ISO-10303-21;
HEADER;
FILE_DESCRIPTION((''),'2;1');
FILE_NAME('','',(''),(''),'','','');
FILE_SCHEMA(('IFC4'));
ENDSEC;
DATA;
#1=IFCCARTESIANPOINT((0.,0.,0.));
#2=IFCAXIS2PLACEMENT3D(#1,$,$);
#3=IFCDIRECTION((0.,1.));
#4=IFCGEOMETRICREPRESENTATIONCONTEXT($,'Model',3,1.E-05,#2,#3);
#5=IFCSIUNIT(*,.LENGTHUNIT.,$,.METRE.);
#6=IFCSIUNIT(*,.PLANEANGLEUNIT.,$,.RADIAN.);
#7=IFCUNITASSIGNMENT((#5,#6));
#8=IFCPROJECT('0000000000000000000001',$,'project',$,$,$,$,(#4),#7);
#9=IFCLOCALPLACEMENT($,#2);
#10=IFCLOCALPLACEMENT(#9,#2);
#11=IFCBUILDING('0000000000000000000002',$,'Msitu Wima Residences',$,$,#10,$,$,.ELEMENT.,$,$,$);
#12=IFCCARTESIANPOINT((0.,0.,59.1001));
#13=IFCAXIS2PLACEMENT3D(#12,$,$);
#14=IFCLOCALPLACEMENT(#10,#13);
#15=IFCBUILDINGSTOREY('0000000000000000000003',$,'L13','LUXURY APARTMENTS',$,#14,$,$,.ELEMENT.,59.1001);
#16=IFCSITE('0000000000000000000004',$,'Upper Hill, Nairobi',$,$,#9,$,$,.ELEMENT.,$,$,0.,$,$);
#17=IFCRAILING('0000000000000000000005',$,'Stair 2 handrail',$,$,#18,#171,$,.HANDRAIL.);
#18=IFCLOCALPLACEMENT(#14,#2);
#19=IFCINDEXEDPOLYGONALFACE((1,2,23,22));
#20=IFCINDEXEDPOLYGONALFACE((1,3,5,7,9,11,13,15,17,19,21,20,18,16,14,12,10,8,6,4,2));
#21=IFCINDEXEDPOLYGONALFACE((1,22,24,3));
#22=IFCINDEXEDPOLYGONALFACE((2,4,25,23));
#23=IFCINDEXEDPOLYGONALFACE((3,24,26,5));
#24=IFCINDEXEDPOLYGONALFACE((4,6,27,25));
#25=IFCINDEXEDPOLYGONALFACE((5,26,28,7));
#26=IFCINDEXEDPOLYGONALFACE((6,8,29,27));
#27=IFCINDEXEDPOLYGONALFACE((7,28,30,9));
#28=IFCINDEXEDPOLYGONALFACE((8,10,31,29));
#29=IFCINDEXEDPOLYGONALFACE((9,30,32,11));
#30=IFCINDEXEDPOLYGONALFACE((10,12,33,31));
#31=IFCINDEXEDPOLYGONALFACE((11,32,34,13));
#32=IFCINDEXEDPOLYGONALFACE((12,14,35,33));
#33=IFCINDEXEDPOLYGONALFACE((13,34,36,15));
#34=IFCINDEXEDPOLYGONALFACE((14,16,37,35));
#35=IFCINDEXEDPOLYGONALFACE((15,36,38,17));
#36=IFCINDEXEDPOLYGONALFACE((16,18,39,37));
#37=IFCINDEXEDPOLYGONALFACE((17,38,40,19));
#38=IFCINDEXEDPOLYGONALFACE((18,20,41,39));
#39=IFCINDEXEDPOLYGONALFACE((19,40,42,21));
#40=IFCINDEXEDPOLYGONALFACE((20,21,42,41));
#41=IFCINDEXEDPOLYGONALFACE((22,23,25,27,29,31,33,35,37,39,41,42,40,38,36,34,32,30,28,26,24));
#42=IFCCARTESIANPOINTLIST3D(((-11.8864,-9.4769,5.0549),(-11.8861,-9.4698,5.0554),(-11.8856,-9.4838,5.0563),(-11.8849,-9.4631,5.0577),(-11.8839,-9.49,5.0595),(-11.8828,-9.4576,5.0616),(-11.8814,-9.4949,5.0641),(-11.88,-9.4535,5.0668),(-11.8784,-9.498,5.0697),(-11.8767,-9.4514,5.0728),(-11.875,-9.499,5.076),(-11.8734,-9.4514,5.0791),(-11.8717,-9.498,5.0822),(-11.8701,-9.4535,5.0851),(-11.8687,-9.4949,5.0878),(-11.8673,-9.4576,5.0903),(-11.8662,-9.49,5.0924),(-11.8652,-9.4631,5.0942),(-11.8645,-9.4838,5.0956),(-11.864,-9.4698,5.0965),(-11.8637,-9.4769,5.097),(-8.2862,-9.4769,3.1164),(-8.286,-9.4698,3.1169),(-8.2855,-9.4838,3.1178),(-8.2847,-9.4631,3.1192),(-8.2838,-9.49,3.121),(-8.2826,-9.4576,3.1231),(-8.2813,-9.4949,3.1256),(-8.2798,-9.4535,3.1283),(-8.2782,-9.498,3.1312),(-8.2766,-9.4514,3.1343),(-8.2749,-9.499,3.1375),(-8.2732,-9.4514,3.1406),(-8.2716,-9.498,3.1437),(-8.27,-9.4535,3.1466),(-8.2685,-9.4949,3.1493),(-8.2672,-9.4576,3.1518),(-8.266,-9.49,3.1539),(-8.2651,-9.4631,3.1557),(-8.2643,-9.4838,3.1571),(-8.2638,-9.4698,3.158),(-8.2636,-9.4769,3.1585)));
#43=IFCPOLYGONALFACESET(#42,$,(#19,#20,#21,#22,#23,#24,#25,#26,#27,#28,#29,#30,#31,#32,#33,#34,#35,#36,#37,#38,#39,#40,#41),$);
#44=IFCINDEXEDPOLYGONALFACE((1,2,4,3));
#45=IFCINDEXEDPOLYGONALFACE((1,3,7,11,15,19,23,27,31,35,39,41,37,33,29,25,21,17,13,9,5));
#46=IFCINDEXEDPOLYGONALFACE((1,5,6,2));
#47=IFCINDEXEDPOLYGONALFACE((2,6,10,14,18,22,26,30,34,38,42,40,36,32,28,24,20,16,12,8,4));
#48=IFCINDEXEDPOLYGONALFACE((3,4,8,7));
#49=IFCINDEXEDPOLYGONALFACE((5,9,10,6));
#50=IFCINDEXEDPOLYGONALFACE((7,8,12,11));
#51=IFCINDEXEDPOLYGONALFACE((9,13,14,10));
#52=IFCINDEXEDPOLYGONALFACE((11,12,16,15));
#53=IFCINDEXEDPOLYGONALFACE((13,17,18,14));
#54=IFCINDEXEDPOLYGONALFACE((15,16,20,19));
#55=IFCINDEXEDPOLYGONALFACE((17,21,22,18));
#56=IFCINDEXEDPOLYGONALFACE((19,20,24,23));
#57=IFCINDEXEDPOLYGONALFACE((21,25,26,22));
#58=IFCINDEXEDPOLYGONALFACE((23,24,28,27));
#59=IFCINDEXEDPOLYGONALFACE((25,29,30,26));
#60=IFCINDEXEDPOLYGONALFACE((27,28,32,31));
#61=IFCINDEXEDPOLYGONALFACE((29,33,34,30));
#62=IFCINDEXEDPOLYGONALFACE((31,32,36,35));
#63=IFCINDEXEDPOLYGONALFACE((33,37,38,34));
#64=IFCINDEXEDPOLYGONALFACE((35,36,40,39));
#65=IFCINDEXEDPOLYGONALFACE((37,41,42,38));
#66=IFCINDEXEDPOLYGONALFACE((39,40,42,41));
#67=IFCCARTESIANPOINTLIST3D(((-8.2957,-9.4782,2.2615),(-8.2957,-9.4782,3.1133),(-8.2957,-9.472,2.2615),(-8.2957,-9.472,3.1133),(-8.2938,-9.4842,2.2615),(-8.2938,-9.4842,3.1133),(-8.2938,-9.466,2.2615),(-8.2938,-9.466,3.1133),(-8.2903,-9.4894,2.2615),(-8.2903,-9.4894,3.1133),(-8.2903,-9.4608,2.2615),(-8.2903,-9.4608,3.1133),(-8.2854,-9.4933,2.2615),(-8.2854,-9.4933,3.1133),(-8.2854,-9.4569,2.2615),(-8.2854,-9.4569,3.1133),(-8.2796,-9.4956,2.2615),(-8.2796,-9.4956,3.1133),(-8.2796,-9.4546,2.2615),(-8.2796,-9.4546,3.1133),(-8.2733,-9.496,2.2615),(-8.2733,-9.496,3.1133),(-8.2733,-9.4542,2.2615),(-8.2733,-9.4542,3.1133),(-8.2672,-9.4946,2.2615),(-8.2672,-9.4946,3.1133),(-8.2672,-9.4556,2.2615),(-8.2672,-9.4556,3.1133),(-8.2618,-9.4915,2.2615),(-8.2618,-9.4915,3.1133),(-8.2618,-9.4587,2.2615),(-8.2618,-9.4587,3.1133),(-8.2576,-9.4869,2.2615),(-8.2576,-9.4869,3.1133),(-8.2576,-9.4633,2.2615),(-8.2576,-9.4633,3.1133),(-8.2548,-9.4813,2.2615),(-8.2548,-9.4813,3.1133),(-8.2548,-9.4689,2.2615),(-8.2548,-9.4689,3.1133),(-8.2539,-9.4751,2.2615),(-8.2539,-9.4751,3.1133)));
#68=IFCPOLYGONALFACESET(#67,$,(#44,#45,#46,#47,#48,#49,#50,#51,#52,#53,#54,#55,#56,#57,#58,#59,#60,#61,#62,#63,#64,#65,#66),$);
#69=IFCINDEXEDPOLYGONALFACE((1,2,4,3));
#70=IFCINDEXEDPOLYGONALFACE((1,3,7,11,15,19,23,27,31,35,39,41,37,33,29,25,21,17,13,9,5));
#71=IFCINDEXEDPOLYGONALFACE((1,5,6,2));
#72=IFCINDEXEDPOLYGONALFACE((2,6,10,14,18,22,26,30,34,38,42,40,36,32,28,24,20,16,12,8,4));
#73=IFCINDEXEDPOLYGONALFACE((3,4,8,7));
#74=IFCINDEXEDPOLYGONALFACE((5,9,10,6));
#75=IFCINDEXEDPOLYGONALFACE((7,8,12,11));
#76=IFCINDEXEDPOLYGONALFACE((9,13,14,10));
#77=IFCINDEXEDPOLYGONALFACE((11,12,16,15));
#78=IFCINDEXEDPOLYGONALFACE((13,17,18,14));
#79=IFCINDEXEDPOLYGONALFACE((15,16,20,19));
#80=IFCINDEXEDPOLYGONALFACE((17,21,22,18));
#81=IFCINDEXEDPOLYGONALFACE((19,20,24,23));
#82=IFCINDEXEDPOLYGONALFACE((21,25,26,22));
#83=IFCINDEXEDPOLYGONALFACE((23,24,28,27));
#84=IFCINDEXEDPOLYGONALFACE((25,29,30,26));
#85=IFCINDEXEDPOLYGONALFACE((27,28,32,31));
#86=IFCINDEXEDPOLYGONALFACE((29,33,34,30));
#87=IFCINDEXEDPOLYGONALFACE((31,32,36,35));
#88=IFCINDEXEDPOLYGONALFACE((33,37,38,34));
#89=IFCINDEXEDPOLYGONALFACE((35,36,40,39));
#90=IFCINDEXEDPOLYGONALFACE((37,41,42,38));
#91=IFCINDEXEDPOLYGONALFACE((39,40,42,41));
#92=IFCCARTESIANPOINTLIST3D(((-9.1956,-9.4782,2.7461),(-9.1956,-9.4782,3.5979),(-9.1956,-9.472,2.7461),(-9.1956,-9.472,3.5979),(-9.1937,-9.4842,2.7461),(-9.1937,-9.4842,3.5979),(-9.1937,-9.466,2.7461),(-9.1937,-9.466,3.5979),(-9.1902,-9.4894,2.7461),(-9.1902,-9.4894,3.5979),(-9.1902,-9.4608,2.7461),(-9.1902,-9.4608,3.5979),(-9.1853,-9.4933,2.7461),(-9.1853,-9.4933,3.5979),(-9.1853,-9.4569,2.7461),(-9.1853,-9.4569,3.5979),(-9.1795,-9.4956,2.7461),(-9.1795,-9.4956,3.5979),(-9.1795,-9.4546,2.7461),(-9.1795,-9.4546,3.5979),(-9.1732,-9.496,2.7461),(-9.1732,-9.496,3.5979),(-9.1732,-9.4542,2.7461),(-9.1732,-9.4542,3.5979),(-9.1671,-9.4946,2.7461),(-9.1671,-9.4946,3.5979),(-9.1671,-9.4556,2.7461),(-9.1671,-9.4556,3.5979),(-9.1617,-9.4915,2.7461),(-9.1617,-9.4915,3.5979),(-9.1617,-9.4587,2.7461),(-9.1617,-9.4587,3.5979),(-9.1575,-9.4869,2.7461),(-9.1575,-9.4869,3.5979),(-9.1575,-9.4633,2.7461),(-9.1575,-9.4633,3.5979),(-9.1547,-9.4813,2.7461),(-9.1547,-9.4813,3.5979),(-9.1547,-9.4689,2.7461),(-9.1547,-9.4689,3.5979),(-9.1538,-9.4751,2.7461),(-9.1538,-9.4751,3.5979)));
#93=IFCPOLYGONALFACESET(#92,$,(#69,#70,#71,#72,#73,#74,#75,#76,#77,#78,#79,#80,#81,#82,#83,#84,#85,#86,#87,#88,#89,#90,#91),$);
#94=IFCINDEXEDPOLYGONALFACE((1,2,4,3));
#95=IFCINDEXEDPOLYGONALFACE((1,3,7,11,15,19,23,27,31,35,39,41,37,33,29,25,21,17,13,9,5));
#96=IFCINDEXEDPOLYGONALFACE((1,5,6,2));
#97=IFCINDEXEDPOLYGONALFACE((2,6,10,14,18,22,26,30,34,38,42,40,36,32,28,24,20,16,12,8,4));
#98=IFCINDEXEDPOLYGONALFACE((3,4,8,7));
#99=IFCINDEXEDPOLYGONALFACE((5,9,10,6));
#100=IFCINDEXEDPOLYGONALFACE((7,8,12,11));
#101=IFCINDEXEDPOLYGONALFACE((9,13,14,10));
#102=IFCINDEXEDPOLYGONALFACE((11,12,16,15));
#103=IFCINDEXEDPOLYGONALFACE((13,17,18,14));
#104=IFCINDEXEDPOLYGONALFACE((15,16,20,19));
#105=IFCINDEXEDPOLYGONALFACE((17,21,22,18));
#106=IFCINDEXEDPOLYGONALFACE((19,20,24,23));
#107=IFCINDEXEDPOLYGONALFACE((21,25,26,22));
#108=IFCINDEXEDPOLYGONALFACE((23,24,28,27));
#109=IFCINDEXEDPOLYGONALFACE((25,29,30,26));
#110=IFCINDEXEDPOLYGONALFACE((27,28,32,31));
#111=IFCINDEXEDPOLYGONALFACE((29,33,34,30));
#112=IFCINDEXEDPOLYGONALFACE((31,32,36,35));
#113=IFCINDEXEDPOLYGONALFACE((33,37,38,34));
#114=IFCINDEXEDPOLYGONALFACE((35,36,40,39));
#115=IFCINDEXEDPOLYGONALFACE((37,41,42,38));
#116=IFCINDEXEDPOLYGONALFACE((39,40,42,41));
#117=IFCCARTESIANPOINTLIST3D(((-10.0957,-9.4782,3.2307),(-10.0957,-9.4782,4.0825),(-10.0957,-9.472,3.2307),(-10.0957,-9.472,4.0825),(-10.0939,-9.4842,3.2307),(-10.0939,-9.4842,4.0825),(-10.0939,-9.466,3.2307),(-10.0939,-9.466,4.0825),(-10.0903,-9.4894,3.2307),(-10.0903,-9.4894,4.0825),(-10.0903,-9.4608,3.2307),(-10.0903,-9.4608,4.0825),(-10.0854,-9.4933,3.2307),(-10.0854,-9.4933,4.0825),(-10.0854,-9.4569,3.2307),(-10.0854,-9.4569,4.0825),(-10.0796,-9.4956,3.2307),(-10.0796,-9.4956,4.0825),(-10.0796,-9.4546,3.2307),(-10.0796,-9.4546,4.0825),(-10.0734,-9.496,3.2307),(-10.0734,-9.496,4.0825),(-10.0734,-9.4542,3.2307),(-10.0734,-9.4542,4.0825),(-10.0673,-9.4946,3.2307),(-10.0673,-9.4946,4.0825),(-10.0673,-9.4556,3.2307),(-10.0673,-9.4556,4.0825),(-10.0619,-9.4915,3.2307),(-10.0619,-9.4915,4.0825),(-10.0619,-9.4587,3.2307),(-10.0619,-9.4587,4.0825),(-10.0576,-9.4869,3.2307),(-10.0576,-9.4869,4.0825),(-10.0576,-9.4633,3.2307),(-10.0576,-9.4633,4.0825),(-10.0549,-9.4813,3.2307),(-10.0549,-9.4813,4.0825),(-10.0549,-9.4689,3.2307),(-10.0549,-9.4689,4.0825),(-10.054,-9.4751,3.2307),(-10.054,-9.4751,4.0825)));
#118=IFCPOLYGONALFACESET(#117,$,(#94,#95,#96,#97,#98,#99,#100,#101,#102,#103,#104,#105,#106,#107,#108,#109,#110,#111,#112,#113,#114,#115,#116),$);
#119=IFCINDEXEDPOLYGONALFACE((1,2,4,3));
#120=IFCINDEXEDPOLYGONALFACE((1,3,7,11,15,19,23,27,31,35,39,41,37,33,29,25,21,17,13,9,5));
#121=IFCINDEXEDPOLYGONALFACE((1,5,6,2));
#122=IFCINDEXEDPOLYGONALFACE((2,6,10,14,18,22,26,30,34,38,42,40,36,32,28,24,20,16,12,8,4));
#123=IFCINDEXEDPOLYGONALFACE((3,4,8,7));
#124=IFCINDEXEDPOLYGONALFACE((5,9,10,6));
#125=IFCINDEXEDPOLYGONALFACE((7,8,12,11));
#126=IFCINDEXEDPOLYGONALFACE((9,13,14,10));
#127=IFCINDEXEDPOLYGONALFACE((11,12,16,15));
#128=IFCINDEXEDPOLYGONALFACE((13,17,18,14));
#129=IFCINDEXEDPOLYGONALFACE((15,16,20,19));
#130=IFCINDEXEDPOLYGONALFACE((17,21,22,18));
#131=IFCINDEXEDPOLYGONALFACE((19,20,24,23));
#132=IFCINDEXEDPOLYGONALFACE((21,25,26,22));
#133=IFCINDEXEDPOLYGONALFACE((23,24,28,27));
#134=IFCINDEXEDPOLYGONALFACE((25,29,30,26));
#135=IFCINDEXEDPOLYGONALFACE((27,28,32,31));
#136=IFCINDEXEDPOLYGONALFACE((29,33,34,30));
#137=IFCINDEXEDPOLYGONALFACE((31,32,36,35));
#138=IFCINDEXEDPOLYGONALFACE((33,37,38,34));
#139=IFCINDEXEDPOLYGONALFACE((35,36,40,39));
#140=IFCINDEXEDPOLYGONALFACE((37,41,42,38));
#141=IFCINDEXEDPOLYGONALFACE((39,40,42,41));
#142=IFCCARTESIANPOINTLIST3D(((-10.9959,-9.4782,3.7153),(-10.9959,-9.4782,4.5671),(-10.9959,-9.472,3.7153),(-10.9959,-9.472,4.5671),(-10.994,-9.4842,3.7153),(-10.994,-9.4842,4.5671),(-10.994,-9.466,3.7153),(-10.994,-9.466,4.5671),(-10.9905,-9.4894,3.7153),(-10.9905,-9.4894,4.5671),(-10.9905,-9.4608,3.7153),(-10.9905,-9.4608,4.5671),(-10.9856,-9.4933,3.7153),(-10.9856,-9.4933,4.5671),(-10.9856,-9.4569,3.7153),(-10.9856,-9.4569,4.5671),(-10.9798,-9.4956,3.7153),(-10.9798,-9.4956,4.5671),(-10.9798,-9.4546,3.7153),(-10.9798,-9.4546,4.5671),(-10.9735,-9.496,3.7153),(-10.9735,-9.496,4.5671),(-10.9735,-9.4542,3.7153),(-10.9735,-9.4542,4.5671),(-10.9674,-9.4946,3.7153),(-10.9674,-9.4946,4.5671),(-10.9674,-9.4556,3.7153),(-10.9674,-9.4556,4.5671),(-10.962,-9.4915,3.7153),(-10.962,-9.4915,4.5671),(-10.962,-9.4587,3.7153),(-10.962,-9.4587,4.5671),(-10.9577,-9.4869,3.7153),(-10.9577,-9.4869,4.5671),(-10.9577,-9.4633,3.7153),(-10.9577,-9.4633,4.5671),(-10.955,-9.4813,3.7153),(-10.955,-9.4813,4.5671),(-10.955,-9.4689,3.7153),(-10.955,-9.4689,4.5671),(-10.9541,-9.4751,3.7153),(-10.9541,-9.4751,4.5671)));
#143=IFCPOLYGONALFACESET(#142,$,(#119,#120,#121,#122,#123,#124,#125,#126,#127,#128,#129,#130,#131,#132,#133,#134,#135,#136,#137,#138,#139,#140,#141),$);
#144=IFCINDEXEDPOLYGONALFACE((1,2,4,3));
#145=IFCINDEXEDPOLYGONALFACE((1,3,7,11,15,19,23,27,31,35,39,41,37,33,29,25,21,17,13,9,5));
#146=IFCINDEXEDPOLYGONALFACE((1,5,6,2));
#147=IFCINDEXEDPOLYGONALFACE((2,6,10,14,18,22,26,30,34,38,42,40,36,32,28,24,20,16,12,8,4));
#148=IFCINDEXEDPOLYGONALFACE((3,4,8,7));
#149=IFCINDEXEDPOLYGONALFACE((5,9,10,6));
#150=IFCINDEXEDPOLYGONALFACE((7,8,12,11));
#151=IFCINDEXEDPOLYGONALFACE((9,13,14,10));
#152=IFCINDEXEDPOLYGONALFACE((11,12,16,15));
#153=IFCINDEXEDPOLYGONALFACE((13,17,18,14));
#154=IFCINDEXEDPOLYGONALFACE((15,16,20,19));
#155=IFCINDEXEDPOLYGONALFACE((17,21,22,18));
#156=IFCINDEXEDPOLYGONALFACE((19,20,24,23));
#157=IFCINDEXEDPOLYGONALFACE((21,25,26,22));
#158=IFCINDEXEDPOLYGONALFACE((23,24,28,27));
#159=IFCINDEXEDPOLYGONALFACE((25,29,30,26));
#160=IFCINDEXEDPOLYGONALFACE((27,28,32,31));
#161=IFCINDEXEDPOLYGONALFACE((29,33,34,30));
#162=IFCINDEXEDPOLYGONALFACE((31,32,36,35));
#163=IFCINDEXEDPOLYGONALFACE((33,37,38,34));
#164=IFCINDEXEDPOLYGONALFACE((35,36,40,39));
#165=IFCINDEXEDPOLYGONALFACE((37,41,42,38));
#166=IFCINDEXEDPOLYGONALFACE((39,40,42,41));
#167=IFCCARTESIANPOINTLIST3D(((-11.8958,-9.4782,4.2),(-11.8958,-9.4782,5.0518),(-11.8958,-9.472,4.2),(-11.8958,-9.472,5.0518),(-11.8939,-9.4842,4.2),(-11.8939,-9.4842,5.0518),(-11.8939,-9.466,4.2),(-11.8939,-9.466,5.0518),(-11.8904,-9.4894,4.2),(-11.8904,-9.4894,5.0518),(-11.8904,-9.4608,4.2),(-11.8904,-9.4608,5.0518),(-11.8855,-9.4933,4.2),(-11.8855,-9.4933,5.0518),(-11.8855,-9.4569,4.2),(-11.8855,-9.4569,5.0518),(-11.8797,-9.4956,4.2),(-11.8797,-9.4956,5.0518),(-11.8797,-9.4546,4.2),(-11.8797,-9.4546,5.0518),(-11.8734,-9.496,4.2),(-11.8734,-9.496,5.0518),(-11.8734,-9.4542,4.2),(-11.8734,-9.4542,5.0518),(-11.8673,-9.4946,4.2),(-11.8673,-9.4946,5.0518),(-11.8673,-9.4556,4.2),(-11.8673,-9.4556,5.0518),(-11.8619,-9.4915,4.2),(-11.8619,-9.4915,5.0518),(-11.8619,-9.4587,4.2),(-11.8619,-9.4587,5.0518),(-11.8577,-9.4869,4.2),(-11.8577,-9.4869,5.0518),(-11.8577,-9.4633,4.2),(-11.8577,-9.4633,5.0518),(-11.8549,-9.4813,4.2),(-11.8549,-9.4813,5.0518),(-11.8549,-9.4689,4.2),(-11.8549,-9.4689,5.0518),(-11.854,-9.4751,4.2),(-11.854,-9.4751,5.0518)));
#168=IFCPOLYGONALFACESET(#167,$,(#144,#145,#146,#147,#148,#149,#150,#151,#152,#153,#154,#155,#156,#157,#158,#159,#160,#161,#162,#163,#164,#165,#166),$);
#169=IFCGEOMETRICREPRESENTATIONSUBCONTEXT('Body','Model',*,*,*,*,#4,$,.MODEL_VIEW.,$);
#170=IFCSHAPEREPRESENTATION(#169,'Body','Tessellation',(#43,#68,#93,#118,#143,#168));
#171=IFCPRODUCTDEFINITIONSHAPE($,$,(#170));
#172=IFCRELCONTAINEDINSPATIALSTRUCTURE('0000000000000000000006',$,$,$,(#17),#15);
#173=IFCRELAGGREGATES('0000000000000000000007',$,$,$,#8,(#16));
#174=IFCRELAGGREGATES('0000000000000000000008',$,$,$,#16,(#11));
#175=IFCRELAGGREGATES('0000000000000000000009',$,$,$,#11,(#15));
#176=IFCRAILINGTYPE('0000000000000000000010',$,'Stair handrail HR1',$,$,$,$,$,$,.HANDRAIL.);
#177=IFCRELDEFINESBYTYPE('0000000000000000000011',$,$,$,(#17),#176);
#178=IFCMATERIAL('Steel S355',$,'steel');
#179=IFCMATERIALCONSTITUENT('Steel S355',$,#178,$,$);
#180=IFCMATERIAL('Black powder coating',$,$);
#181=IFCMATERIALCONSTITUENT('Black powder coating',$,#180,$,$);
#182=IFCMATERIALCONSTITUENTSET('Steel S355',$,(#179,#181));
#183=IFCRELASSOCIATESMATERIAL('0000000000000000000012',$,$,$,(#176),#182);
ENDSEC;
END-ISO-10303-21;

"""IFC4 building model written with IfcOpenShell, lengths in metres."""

from ifc_helpers import new_model, si_unit, direction, frame, origin, origin_2d, place, context, subcontext, project, spatial, circle, extrude, material, constituent, constituent_set, type_object, element, save


model = new_model("IFC4")

# Units and contexts
model_context = context("Model", 3, precision=1e-05, world=origin(), true_north=direction((0.0, 1.0)))
body_context = subcontext(model_context, "Body", "Model", "MODEL_VIEW")
ifc_project = project(units=[si_unit("LENGTHUNIT", "METRE"), si_unit("PLANEANGLEUNIT", "RADIAN")], contexts=[model_context])

# Site, building, storey
site_placement = place(None, origin())
site = spatial("IfcSite", under=ifc_project, at=site_placement, Name="Upper Hill, Nairobi", CompositionType="ELEMENT", RefElevation=0.0)
building_placement = place(site_placement, origin())
building = spatial("IfcBuilding", under=site, at=building_placement, Name="Msitu Wima Residences", CompositionType="ELEMENT")
storey_placement = place(building_placement, frame((0.0, 0.0, 59.1001)))
storey = spatial("IfcBuildingStorey", under=building, at=storey_placement, Name="L13", Description="LUXURY APARTMENTS", CompositionType="ELEMENT", Elevation=59.1001)

# Railing
ifc_material_1 = material(Name="Steel S355", Category="steel")
ifc_constituent_1 = constituent(ifc_material_1, Name="Steel S355")
ifc_material_2 = material(Name="Black powder coating")
ifc_constituent_2 = constituent(ifc_material_2, Name="Black powder coating")
ifc_constituent_set = constituent_set(constituents=[ifc_constituent_1, ifc_constituent_2], Name="Steel S355")
railing_type = type_object("IfcRailingType", Name="Stair handrail HR1", PredefinedType="HANDRAIL", material=ifc_constituent_set)
railing_placement = place(storey_placement, frame((-8.2749, -9.4751, 2.2615)))
element("IfcRailing", 1, at=railing_placement, inside=storey, type_object=railing_type, Name="Stair 2 handrail", PredefinedType="HANDRAIL", context=body_context, shape_type="SweptSolid", body=[
    extrude(circle(Radius=0.0239, at=origin_2d()), frame((0.0, 0.0, 0.876), z_axis=(-0.880475, 0.0, 0.474093), x_axis=(0.0, -1.0, 0.0)), (0.0, 0.0, 1.0), 4.0889),
    extrude(circle(Radius=0.021, at=origin_2d()), origin(), (0.0, 0.0, 1.0), 0.8518),
    extrude(circle(Radius=0.021, at=origin_2d()), frame((-0.8999, 0.0, 0.4846)), (0.0, 0.0, 1.0), 0.8518),
    extrude(circle(Radius=0.021, at=origin_2d()), frame((-1.8, 0.0, 0.9692)), (0.0, 0.0, 1.0), 0.8518),
    extrude(circle(Radius=0.021, at=origin_2d()), frame((-2.7002, 0.0, 1.4539)), (0.0, 0.0, 1.0), 0.8518),
    extrude(circle(Radius=0.021, at=origin_2d()), frame((-3.6001, 0.0, 1.9385)), (0.0, 0.0, 1.0), 0.8518),
])

save(model, "model.ifc")
